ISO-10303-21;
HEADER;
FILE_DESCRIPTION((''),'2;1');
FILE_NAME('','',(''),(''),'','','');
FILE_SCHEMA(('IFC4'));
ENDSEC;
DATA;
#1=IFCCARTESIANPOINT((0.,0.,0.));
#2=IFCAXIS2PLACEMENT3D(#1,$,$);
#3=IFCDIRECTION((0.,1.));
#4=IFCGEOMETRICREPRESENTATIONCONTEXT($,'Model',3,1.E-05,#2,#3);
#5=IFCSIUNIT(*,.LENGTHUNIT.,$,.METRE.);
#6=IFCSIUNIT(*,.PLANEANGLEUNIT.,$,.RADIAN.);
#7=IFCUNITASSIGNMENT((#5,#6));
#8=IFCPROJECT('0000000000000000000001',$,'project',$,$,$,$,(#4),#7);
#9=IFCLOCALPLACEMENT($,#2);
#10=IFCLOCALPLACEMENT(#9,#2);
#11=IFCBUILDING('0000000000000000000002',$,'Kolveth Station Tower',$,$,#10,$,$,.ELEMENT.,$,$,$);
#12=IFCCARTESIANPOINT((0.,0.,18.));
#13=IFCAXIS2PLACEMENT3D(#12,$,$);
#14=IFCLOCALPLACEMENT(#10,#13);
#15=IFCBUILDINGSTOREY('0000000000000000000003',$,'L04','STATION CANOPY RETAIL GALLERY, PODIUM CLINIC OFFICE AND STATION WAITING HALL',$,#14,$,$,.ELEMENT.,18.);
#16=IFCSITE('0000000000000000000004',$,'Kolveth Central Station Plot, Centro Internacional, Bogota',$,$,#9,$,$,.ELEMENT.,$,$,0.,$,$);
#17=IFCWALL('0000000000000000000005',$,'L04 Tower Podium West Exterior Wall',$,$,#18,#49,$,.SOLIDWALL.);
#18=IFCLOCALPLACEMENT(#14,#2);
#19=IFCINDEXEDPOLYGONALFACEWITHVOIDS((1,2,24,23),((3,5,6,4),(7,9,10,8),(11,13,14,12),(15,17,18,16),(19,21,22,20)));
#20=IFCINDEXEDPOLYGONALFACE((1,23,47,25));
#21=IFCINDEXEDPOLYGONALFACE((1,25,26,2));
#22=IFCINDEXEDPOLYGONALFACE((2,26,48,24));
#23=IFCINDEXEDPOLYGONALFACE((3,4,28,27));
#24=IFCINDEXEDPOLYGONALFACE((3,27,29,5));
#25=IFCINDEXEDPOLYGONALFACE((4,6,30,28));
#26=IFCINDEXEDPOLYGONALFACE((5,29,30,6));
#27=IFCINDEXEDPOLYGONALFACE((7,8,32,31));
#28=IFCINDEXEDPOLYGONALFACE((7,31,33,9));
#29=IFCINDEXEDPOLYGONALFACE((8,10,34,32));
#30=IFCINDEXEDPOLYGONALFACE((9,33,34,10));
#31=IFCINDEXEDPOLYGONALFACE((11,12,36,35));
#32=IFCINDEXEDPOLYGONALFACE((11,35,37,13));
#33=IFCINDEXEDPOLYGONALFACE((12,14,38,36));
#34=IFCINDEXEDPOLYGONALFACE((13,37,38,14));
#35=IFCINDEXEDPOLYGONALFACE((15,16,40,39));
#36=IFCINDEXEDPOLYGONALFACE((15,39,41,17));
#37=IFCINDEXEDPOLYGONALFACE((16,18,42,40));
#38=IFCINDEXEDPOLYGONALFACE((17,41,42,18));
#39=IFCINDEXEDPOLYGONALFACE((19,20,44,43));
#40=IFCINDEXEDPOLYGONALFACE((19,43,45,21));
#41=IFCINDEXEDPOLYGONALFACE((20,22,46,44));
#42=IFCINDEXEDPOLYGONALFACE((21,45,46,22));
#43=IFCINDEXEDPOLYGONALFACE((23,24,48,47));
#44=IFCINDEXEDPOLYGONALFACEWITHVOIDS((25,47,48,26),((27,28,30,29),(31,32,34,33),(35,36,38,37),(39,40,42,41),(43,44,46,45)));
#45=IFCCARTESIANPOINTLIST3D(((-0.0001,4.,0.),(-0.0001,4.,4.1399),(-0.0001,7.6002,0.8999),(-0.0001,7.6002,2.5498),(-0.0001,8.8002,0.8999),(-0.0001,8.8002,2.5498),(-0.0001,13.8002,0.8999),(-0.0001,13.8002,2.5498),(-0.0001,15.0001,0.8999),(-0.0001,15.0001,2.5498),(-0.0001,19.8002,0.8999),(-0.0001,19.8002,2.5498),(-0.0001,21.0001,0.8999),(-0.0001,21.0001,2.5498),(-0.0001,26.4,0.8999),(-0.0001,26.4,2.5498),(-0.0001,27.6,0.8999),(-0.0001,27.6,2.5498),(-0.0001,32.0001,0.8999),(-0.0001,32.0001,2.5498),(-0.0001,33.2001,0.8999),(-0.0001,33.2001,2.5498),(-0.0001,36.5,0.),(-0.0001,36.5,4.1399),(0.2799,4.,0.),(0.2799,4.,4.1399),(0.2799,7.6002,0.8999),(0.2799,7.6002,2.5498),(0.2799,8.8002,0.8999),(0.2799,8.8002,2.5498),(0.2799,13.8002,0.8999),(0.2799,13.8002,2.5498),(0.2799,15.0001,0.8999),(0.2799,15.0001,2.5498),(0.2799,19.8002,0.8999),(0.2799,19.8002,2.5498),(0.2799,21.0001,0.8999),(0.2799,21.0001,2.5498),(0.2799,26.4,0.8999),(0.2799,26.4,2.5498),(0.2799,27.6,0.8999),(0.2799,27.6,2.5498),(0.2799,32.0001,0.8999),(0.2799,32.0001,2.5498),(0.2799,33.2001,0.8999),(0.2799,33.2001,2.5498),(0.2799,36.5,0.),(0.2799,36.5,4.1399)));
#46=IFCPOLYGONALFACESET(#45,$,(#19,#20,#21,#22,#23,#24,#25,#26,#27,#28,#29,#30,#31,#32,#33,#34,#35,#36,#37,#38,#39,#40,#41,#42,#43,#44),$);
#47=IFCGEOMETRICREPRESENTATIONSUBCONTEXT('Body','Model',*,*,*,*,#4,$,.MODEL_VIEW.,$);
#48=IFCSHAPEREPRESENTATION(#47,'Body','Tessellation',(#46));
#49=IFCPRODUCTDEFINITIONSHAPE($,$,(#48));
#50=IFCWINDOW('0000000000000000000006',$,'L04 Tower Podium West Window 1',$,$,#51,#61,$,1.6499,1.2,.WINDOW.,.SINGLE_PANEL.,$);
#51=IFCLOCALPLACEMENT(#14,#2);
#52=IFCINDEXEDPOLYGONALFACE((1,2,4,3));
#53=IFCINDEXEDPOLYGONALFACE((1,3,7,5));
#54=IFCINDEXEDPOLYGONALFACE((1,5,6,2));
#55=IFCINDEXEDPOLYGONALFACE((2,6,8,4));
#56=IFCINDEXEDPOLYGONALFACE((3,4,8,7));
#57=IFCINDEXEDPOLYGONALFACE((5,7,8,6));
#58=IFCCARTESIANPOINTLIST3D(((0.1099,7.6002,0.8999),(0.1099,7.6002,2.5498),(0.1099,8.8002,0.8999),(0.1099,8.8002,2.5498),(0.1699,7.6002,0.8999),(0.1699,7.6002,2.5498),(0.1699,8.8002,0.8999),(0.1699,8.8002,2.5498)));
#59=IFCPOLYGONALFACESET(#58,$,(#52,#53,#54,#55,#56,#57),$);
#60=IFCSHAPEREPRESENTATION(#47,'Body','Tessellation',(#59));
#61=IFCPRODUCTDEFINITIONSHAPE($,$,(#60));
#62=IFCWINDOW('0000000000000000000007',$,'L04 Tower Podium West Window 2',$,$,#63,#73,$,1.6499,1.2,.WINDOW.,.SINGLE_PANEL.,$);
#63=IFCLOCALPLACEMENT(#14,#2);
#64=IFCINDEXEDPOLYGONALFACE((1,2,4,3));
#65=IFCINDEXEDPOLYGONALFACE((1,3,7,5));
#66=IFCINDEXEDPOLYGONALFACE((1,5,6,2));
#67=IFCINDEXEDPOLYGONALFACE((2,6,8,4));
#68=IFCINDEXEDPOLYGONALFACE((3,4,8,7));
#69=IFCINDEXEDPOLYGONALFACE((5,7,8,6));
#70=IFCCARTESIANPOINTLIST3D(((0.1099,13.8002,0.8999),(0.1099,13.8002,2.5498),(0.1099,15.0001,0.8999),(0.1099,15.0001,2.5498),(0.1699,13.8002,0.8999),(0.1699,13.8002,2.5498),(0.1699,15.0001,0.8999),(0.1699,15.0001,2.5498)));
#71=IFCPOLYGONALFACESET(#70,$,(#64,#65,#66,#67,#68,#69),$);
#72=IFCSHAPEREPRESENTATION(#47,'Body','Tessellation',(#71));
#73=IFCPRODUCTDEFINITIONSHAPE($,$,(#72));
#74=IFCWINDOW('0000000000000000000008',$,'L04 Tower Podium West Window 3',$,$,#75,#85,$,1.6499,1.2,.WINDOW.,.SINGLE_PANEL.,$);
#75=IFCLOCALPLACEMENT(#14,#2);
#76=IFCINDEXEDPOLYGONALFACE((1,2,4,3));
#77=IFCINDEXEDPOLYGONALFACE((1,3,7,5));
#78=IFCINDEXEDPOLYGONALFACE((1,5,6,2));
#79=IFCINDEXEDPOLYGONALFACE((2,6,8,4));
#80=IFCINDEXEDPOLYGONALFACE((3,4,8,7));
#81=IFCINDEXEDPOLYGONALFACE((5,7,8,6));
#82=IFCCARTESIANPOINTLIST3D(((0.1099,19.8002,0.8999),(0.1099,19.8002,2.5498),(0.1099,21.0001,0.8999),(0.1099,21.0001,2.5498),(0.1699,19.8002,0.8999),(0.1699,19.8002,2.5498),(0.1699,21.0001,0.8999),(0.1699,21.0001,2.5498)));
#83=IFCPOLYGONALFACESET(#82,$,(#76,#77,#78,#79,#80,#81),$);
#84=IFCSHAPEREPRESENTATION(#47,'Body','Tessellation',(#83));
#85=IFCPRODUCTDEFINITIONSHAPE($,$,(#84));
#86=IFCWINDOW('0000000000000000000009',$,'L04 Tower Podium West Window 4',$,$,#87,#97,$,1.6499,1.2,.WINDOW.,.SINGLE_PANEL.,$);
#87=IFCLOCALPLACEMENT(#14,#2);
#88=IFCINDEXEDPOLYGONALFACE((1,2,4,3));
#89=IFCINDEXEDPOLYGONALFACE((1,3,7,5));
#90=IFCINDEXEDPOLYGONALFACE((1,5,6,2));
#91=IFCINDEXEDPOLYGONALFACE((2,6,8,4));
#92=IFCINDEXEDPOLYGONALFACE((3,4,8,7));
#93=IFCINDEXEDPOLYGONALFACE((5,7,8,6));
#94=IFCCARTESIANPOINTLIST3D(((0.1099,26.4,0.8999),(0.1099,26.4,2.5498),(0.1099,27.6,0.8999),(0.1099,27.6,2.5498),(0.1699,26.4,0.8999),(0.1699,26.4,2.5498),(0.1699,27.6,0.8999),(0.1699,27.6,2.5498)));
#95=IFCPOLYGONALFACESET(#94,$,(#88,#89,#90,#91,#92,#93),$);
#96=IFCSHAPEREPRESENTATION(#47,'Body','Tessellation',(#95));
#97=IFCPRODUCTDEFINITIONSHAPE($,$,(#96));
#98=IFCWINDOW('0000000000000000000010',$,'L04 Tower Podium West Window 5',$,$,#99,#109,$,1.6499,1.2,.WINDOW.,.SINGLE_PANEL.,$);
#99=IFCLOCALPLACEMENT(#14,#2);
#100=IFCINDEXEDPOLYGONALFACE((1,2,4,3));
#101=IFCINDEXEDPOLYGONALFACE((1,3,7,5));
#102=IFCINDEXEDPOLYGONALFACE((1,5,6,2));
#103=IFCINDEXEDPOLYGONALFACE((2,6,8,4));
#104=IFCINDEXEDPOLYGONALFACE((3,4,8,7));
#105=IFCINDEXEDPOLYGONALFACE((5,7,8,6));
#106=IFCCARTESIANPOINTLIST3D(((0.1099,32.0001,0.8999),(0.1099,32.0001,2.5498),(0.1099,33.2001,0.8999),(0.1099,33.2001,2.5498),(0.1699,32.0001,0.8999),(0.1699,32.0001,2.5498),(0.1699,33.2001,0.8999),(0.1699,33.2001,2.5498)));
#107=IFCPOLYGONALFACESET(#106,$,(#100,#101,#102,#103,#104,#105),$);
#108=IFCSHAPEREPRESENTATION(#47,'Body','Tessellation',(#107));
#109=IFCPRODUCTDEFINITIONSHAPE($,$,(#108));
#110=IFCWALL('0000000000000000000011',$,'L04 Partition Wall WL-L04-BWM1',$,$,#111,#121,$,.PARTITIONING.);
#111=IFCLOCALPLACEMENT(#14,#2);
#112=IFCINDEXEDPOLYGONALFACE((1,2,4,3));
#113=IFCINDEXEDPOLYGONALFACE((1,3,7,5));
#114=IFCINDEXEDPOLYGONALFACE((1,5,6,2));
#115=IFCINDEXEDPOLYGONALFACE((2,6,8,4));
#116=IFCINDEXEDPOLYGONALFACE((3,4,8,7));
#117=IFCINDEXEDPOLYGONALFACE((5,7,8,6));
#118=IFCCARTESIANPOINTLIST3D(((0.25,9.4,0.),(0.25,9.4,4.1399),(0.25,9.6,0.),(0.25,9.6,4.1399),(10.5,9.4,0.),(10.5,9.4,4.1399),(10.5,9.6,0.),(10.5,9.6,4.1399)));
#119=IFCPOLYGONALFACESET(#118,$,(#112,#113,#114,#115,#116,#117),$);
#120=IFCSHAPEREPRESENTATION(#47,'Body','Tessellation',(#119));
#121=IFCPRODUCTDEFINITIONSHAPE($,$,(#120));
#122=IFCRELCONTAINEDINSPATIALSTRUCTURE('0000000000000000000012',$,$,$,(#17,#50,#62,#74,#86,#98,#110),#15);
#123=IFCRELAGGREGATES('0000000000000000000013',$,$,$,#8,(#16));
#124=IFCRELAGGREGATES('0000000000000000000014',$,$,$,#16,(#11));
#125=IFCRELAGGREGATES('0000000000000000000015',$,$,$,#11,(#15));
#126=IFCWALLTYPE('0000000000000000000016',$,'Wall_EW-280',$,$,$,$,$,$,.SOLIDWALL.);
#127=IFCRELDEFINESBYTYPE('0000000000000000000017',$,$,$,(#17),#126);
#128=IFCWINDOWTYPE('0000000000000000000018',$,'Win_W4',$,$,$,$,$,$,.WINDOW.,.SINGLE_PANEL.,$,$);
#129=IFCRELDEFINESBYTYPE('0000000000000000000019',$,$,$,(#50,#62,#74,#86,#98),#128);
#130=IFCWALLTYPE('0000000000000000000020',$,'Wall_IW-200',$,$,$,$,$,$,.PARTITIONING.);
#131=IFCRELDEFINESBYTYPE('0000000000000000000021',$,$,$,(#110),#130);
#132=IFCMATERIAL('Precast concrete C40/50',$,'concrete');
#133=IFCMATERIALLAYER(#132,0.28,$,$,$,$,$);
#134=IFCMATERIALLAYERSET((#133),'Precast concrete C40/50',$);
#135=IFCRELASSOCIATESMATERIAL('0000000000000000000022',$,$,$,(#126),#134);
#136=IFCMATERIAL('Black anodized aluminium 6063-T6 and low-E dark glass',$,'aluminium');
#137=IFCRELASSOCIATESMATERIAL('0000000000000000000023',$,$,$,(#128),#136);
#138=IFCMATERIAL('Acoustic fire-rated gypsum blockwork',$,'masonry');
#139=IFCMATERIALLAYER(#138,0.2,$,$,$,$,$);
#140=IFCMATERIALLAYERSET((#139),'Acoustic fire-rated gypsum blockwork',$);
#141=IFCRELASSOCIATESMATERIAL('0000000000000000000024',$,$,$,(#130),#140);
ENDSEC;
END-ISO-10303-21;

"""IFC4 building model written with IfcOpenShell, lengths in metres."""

from ifc_helpers import new_model, si_unit, direction, frame, frame_2d, origin, place, context, subcontext, project, spatial, rectangle, extrude, material, layer, layer_set, type_object, element, fill, save


model = new_model("IFC4")

# Units and contexts
model_context = context("Model", 3, precision=1e-05, world=origin(), true_north=direction((0.0, 1.0)))
body_context = subcontext(model_context, "Body", "Model", "MODEL_VIEW")
ifc_project = project(units=[si_unit("LENGTHUNIT", "METRE"), si_unit("PLANEANGLEUNIT", "RADIAN")], contexts=[model_context])

# Site, building, storey
site_placement = place(None, origin())
site = spatial("IfcSite", under=ifc_project, at=site_placement, Name="Kolveth Central Station Plot, Centro Internacional, Bogota", CompositionType="ELEMENT", RefElevation=0.0)
building_placement = place(site_placement, origin())
building = spatial("IfcBuilding", under=site, at=building_placement, Name="Kolveth Station Tower", CompositionType="ELEMENT")
storey_placement = place(building_placement, frame((0.0, 0.0, 18.0)))
storey = spatial("IfcBuildingStorey", under=building, at=storey_placement, Name="L04", Description="STATION CANOPY RETAIL GALLERY, PODIUM CLINIC OFFICE AND STATION WAITING HALL", CompositionType="ELEMENT", Elevation=18.0)

# Shared definitions
ifc_material_1 = material(Name="Precast concrete C40/50", Category="concrete")

# Wall, openings, windows
ifc_layer_1 = layer(ifc_material_1, 0.28)
ifc_layer_set_1 = layer_set([ifc_layer_1], Name="Precast concrete C40/50")
wall_type_1 = type_object("IfcWallType", Name="Wall_EW-280", PredefinedType="SOLIDWALL", material=ifc_layer_set_1)
wall_1_placement = place(storey_placement, frame((0.1399, 4.0, 0.0), z_axis=(0.0, 0.0, 1.0), x_axis=(0.0, 1.0, 0.0)))
wall_1 = element("IfcWall", 1, at=wall_1_placement, inside=storey, type_object=wall_type_1, Name="L04 Tower Podium West Exterior Wall", PredefinedType="SOLIDWALL", context=body_context, shape_type="SweptSolid", body=[
    extrude(rectangle(XDim=32.5, YDim=0.28, at=frame_2d((16.25, 0.0))), origin(), (0.0, 0.0, 1.0), 4.1399),
])
opening_1_placement = place(wall_1_placement, frame((3.6001, 0.0, 0.8999)))
opening_1 = element("IfcOpeningElement", 2, at=opening_1_placement, cuts=wall_1, PredefinedType="OPENING", context=body_context, shape_type="SweptSolid", body=[
    extrude(rectangle(XDim=1.2, YDim=1.6499, at=frame_2d((0.6001, 0.825))), frame((0.0, 0.1499, 0.0), z_axis=(0.0, -1.0, 0.0), x_axis=(1.0, 0.0, 0.0)), (0.0, 0.0, 1.0), 0.3),
])
opening_2_placement = place(wall_1_placement, frame((9.8, 0.0, 0.8999)))
opening_2 = element("IfcOpeningElement", 3, at=opening_2_placement, cuts=wall_1, PredefinedType="OPENING", context=body_context, shape_type="SweptSolid", body=[
    extrude(rectangle(XDim=1.2, YDim=1.6499, at=frame_2d((0.6001, 0.825))), frame((0.0, 0.1499, 0.0), z_axis=(0.0, -1.0, 0.0), x_axis=(1.0, 0.0, 0.0)), (0.0, 0.0, 1.0), 0.3),
])
opening_3_placement = place(wall_1_placement, frame((15.8, 0.0, 0.8999)))
opening_3 = element("IfcOpeningElement", 4, at=opening_3_placement, cuts=wall_1, PredefinedType="OPENING", context=body_context, shape_type="SweptSolid", body=[
    extrude(rectangle(XDim=1.2, YDim=1.6499, at=frame_2d((0.6001, 0.825))), frame((0.0, 0.1499, 0.0), z_axis=(0.0, -1.0, 0.0), x_axis=(1.0, 0.0, 0.0)), (0.0, 0.0, 1.0), 0.3),
])
opening_4_placement = place(wall_1_placement, frame((22.3999, 0.0, 0.8999)))
opening_4 = element("IfcOpeningElement", 5, at=opening_4_placement, cuts=wall_1, PredefinedType="OPENING", context=body_context, shape_type="SweptSolid", body=[
    extrude(rectangle(XDim=1.2, YDim=1.6499, at=frame_2d((0.6001, 0.825))), frame((0.0, 0.1499, 0.0), z_axis=(0.0, -1.0, 0.0), x_axis=(1.0, 0.0, 0.0)), (0.0, 0.0, 1.0), 0.3),
])
opening_5_placement = place(wall_1_placement, frame((28.0, 0.0, 0.8999)))
opening_5 = element("IfcOpeningElement", 6, at=opening_5_placement, cuts=wall_1, PredefinedType="OPENING", context=body_context, shape_type="SweptSolid", body=[
    extrude(rectangle(XDim=1.2, YDim=1.6499, at=frame_2d((0.6001, 0.825))), frame((0.0, 0.1499, 0.0), z_axis=(0.0, -1.0, 0.0), x_axis=(1.0, 0.0, 0.0)), (0.0, 0.0, 1.0), 0.3),
])
ifc_material_2 = material(Name="Black anodized aluminium 6063-T6 and low-E dark glass", Category="aluminium")
window_type = type_object("IfcWindowType", Name="Win_W4", PartitioningType="SINGLE_PANEL", PredefinedType="WINDOW", material=ifc_material_2)
window_1_placement = place(opening_1_placement, origin())
window_1 = element("IfcWindow", 7, at=window_1_placement, inside=storey, type_object=window_type, Name="L04 Tower Podium West Window 1", OverallHeight=1.6499, OverallWidth=1.2, PartitioningType="SINGLE_PANEL", PredefinedType="WINDOW", context=body_context, shape_type="SweptSolid", body=[
    extrude(rectangle(XDim=1.2, YDim=1.6499, at=frame_2d((0.6001, 0.825))), frame((0.0, 0.03, 0.0), z_axis=(0.0, -1.0, 0.0), x_axis=(1.0, 0.0, 0.0)), (0.0, 0.0, 1.0), 0.0601),
])
fill(opening_1, window_1)
window_2_placement = place(opening_2_placement, origin())
window_2 = element("IfcWindow", 8, at=window_2_placement, inside=storey, type_object=window_type, Name="L04 Tower Podium West Window 2", OverallHeight=1.6499, OverallWidth=1.2, PartitioningType="SINGLE_PANEL", PredefinedType="WINDOW", context=body_context, shape_type="SweptSolid", body=[
    extrude(rectangle(XDim=1.2, YDim=1.6499, at=frame_2d((0.6001, 0.825))), frame((0.0, 0.03, 0.0), z_axis=(0.0, -1.0, 0.0), x_axis=(1.0, 0.0, 0.0)), (0.0, 0.0, 1.0), 0.0601),
])
fill(opening_2, window_2)
window_3_placement = place(opening_3_placement, origin())
window_3 = element("IfcWindow", 9, at=window_3_placement, inside=storey, type_object=window_type, Name="L04 Tower Podium West Window 3", OverallHeight=1.6499, OverallWidth=1.2, PartitioningType="SINGLE_PANEL", PredefinedType="WINDOW", context=body_context, shape_type="SweptSolid", body=[
    extrude(rectangle(XDim=1.2, YDim=1.6499, at=frame_2d((0.6001, 0.825))), frame((0.0, 0.03, 0.0), z_axis=(0.0, -1.0, 0.0), x_axis=(1.0, 0.0, 0.0)), (0.0, 0.0, 1.0), 0.0601),
])
fill(opening_3, window_3)
window_4_placement = place(opening_4_placement, origin())
window_4 = element("IfcWindow", 10, at=window_4_placement, inside=storey, type_object=window_type, Name="L04 Tower Podium West Window 4", OverallHeight=1.6499, OverallWidth=1.2, PartitioningType="SINGLE_PANEL", PredefinedType="WINDOW", context=body_context, shape_type="SweptSolid", body=[
    extrude(rectangle(XDim=1.2, YDim=1.6499, at=frame_2d((0.6001, 0.825))), frame((0.0, 0.03, 0.0), z_axis=(0.0, -1.0, 0.0), x_axis=(1.0, 0.0, 0.0)), (0.0, 0.0, 1.0), 0.0601),
])
fill(opening_4, window_4)
window_5_placement = place(opening_5_placement, origin())
window_5 = element("IfcWindow", 11, at=window_5_placement, inside=storey, type_object=window_type, Name="L04 Tower Podium West Window 5", OverallHeight=1.6499, OverallWidth=1.2, PartitioningType="SINGLE_PANEL", PredefinedType="WINDOW", context=body_context, shape_type="SweptSolid", body=[
    extrude(rectangle(XDim=1.2, YDim=1.6499, at=frame_2d((0.6001, 0.825))), frame((0.0, 0.03, 0.0), z_axis=(0.0, -1.0, 0.0), x_axis=(1.0, 0.0, 0.0)), (0.0, 0.0, 1.0), 0.0601),
])
fill(opening_5, window_5)

# Wall
ifc_material_3 = material(Name="Acoustic fire-rated gypsum blockwork", Category="masonry")
ifc_layer_2 = layer(ifc_material_3, 0.2)
ifc_layer_set_2 = layer_set([ifc_layer_2], Name="Acoustic fire-rated gypsum blockwork")
wall_type_2 = type_object("IfcWallType", Name="Wall_IW-200", PredefinedType="PARTITIONING", material=ifc_layer_set_2)
wall_2_placement = place(storey_placement, frame((0.25, 9.5, 0.0), z_axis=(0.0, 0.0, 1.0), x_axis=(1.0, 0.0, 0.0)))
element("IfcWall", 12, at=wall_2_placement, inside=storey, type_object=wall_type_2, Name="L04 Partition Wall WL-L04-BWM1", PredefinedType="PARTITIONING", context=body_context, shape_type="SweptSolid", body=[
    extrude(rectangle(XDim=10.25, YDim=0.2, at=frame_2d((5.125, 0.0))), origin(), (0.0, 0.0, 1.0), 4.1399),
])

save(model, "model.ifc")
